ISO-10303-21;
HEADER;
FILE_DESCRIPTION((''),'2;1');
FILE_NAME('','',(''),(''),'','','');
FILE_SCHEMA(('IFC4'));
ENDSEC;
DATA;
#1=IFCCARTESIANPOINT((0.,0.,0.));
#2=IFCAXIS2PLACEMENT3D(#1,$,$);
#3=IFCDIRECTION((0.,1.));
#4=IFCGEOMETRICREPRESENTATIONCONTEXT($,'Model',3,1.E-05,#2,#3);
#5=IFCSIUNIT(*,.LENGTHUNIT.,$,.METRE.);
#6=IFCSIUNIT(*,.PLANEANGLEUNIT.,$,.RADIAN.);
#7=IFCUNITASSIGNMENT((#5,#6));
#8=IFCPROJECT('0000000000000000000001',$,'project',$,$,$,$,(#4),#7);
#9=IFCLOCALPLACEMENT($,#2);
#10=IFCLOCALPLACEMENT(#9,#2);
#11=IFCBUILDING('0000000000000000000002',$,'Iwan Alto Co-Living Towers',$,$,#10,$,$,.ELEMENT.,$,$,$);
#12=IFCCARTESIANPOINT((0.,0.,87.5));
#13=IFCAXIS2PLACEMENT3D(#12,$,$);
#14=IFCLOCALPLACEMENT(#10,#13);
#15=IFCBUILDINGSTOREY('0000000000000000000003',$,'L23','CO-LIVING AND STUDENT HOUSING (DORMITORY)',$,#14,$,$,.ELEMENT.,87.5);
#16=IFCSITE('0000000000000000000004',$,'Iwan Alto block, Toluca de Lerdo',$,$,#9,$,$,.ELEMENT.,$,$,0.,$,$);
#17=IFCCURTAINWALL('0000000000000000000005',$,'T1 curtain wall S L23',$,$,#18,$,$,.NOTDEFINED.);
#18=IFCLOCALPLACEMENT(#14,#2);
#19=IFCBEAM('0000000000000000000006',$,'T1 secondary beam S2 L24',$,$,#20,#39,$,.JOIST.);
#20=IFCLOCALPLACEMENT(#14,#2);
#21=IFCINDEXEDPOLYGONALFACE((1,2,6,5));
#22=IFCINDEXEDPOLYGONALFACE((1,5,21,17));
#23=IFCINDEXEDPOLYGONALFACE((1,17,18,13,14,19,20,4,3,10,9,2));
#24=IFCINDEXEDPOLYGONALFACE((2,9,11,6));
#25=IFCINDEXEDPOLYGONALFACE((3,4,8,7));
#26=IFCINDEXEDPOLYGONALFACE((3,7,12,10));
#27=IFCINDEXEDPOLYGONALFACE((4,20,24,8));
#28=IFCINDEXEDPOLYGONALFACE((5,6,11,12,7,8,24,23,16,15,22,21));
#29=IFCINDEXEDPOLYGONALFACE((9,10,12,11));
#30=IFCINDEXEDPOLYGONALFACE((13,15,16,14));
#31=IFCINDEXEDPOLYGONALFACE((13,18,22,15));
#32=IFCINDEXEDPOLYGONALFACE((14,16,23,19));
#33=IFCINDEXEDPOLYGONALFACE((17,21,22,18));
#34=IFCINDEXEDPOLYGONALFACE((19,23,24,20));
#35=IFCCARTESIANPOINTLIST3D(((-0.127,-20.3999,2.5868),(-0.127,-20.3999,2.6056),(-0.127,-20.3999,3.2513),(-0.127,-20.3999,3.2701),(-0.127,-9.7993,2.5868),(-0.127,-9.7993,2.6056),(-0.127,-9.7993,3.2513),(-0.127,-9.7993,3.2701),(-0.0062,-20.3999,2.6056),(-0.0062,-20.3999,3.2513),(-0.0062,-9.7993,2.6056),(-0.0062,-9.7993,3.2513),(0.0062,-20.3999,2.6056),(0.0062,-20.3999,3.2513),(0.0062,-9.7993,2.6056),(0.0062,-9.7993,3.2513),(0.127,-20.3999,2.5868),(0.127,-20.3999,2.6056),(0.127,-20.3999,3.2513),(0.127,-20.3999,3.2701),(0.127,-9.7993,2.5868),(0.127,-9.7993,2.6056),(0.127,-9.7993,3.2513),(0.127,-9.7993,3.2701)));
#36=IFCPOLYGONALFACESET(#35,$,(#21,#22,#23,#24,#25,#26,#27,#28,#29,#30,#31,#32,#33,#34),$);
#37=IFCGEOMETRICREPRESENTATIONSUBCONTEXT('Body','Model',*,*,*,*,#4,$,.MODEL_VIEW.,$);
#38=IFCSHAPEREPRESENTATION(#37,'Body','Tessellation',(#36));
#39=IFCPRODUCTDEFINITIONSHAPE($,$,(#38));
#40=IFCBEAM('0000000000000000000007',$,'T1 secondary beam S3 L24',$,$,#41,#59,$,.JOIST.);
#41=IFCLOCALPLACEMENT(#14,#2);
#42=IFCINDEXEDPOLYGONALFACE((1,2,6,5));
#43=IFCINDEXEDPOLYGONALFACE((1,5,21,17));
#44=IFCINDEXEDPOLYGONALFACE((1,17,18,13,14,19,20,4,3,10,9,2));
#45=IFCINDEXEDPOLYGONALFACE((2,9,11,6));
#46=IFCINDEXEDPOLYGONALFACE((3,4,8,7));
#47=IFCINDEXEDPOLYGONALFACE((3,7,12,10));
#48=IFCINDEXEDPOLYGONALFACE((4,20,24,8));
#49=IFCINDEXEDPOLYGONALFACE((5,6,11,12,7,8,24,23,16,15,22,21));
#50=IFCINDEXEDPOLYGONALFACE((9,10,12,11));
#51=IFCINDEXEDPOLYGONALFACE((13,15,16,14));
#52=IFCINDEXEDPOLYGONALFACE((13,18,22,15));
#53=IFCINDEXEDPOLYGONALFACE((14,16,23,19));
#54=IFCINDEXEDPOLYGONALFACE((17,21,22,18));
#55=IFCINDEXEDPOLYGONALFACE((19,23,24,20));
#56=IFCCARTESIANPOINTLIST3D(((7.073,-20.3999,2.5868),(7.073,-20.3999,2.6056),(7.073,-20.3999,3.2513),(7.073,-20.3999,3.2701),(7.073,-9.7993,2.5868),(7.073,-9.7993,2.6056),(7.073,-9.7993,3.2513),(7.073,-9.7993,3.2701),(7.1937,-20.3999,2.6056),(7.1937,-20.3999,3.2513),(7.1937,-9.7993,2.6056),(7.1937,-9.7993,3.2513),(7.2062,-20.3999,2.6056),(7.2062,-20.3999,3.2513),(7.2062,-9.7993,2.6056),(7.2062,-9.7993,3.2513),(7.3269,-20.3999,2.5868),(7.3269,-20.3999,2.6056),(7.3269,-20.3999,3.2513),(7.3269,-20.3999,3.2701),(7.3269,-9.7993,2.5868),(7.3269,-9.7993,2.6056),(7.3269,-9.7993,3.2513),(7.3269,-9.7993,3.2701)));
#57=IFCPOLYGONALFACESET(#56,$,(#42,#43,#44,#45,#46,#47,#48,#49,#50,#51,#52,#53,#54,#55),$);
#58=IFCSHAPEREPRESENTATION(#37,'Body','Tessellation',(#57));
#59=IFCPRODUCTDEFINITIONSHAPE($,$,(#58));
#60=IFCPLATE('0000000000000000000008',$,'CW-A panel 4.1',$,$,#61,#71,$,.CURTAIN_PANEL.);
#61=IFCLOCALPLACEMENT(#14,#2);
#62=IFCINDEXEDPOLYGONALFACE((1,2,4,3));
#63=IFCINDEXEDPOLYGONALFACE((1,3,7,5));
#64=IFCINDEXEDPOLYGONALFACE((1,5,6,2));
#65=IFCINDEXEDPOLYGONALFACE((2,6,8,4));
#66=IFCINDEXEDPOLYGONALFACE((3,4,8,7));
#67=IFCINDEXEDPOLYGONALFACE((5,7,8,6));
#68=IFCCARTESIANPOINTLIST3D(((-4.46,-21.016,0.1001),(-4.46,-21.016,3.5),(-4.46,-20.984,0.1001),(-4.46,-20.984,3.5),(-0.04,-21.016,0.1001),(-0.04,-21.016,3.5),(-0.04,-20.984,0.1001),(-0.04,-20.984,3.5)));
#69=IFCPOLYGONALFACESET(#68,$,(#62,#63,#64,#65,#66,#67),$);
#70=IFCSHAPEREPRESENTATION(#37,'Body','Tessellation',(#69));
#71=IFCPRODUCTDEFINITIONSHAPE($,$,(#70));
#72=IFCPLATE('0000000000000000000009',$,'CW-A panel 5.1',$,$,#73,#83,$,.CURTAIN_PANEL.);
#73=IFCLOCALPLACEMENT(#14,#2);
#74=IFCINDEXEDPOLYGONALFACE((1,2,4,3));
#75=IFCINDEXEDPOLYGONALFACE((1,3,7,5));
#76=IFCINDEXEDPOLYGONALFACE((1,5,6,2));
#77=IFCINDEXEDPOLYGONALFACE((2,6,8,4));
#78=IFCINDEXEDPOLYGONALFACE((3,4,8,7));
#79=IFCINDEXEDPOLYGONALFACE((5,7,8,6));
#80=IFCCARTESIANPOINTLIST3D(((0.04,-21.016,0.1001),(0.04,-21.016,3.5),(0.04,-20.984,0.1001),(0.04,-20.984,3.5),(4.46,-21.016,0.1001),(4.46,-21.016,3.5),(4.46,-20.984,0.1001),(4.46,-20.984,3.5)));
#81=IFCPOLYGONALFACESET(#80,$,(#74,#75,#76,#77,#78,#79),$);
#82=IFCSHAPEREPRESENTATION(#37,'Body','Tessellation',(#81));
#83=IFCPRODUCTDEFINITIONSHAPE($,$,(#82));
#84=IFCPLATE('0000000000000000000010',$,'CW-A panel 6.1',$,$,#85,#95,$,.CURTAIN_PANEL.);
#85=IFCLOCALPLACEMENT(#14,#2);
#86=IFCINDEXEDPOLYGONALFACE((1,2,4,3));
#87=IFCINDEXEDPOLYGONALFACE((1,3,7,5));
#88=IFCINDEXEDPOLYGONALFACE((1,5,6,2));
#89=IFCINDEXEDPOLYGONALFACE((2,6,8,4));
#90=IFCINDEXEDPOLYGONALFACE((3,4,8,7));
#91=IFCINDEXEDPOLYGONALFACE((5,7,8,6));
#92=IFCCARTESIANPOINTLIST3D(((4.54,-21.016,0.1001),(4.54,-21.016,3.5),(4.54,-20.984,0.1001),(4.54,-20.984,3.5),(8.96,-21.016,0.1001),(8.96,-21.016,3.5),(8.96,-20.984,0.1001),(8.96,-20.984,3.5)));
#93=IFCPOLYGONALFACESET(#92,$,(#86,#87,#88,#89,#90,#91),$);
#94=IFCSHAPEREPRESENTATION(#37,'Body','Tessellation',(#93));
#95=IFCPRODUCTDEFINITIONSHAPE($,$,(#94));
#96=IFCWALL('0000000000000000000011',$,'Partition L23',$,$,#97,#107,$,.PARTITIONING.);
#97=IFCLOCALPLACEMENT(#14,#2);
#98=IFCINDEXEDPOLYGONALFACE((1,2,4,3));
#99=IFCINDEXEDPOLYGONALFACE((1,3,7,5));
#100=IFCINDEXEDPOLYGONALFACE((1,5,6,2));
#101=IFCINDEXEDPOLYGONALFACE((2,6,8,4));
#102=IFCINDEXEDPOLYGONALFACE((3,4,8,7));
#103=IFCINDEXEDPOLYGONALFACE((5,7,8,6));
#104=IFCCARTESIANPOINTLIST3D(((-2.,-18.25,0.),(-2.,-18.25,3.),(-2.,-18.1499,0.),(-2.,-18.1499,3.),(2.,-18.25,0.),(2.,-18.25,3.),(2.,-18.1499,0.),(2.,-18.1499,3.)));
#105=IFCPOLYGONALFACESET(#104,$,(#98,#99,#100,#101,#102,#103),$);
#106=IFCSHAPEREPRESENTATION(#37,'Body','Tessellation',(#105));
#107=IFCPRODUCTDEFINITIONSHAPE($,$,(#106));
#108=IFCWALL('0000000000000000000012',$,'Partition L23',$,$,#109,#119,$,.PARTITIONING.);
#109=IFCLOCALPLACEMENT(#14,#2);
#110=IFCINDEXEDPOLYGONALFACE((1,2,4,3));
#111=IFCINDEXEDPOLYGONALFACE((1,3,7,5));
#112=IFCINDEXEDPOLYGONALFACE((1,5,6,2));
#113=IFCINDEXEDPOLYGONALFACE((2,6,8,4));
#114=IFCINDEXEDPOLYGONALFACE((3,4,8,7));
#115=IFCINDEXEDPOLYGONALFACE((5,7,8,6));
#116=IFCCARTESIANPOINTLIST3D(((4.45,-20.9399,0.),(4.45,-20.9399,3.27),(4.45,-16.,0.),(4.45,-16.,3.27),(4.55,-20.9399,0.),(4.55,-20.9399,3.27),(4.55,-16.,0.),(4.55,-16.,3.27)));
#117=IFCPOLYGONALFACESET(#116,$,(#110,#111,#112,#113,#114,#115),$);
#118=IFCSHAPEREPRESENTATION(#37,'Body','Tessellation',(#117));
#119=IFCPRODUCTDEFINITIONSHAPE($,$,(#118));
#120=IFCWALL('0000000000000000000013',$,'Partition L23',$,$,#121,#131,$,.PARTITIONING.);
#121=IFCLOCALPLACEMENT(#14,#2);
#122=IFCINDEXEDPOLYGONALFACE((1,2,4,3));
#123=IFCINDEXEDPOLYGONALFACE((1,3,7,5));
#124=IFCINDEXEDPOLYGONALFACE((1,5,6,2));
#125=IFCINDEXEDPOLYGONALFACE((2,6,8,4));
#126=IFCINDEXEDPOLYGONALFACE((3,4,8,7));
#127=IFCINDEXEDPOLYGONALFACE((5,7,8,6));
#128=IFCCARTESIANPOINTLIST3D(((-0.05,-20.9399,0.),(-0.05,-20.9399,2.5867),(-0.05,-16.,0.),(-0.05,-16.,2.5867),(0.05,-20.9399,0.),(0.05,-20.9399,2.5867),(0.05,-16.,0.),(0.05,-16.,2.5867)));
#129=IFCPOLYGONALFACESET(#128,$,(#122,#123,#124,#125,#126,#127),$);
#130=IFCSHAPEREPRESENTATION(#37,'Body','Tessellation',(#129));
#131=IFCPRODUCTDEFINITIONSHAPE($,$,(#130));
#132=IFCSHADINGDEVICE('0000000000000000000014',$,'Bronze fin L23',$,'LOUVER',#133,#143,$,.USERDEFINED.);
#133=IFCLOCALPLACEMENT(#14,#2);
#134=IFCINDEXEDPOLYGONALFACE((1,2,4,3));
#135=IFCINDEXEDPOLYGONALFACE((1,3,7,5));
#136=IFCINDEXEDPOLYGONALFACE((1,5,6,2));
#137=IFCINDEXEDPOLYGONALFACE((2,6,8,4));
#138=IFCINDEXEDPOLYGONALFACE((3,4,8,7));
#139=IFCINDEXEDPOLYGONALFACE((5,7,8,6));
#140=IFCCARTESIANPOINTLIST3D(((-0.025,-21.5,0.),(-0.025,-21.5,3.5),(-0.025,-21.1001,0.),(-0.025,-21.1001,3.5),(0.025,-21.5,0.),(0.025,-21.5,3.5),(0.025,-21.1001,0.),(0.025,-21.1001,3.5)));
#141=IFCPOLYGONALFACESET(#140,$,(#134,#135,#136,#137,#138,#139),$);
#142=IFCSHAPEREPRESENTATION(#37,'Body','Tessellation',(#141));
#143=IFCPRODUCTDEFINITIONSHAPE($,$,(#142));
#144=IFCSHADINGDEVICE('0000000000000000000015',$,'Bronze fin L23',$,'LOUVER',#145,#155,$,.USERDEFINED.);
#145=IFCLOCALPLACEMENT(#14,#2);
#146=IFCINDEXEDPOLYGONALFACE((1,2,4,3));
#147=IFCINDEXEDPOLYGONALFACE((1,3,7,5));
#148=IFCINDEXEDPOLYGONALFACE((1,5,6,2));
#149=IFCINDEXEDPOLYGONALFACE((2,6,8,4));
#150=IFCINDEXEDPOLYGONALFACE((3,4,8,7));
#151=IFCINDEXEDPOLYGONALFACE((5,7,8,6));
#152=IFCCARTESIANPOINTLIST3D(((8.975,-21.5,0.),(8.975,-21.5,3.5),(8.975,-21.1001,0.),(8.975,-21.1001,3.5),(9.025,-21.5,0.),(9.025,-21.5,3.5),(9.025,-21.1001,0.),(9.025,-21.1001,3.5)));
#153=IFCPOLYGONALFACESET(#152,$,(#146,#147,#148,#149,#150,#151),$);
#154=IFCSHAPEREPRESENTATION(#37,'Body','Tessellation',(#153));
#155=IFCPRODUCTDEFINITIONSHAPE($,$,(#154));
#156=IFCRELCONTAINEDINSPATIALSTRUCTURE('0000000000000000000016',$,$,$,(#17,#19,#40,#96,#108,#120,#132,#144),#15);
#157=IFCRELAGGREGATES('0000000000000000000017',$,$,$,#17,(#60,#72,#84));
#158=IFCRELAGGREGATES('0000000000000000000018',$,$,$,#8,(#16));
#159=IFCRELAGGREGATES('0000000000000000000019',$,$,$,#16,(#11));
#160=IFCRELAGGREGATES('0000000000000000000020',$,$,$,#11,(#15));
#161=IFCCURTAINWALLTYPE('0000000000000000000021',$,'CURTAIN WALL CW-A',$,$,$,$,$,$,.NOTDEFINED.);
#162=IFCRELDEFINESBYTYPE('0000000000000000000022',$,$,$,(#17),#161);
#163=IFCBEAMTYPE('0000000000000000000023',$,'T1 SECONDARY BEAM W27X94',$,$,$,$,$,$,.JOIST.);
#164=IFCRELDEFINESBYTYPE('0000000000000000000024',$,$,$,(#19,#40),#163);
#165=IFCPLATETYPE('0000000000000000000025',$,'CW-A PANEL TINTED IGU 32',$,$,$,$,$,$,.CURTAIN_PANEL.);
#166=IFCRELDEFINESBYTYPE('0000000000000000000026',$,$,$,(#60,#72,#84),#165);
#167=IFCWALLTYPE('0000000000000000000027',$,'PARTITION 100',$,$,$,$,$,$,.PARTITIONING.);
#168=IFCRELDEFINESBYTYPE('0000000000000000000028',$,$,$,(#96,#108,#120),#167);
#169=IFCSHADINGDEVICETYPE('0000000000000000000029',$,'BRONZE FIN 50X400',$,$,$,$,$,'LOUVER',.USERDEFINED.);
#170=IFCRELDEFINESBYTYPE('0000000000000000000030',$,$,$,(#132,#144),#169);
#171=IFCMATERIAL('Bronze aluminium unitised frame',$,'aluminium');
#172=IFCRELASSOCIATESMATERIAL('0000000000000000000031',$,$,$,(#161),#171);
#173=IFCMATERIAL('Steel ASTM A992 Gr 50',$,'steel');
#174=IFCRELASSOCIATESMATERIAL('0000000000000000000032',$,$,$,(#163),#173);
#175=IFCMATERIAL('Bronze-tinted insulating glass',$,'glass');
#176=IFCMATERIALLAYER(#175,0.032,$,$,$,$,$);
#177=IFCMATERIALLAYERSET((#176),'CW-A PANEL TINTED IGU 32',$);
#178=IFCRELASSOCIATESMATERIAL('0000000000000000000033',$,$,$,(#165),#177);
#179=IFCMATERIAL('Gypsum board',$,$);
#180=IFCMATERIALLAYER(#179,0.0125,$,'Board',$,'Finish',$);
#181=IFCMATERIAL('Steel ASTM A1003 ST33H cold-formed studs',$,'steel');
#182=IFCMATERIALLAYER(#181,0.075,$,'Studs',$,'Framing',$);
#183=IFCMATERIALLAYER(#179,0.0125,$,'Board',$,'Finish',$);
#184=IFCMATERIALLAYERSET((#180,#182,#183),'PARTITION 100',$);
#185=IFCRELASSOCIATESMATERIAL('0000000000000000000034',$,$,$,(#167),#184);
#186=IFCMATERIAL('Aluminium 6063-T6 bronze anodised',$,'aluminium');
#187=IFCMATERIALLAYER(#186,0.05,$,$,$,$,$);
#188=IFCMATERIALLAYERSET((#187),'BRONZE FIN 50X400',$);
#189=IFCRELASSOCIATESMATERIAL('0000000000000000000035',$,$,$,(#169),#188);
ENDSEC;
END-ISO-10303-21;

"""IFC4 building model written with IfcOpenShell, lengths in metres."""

from ifc_helpers import new_model, si_unit, direction, frame, frame_2d, origin, origin_2d, place, context, subcontext, project, spatial, rectangle, i_section, extrude, material, layer, layer_set, material_profile, profile_set, type_object, element, aggregate, save


model = new_model("IFC4")

# Units and contexts
model_context = context("Model", 3, precision=1e-05, world=origin(), true_north=direction((0.0, 1.0)))
body_context = subcontext(model_context, "Body", "Model", "MODEL_VIEW")
ifc_project = project(units=[si_unit("LENGTHUNIT", "METRE"), si_unit("PLANEANGLEUNIT", "RADIAN")], contexts=[model_context])

# Site, building, storey
site_placement = place(None, origin())
site = spatial("IfcSite", under=ifc_project, at=site_placement, Name="Iwan Alto block, Toluca de Lerdo", CompositionType="ELEMENT", RefElevation=0.0)
building_placement = place(site_placement, origin())
building = spatial("IfcBuilding", under=site, at=building_placement, Name="Iwan Alto Co-Living Towers", CompositionType="ELEMENT")
storey_placement = place(building_placement, frame((0.0, 0.0, 87.5)))
storey = spatial("IfcBuildingStorey", under=building, at=storey_placement, Name="L23", Description="CO-LIVING AND STUDENT HOUSING (DORMITORY)", CompositionType="ELEMENT", Elevation=87.5)

# Curtain wall
ifc_material_1 = material(Name="Bronze aluminium unitised frame", Category="aluminium")
curtain_wall_type = type_object("IfcCurtainWallType", Name="CURTAIN WALL CW-A", PredefinedType="NOTDEFINED", material=ifc_material_1)
curtain_wall_placement = place(storey_placement, origin())
curtain_wall = element("IfcCurtainWall", 1, at=curtain_wall_placement, inside=storey, type_object=curtain_wall_type, Name="T1 curtain wall S L23", PredefinedType="NOTDEFINED")

# Beams
ifc_material_2 = material(Name="Steel ASTM A992 Gr 50", Category="steel")
ifc_material_profile_1 = material_profile(ifc_material_2, i_section(OverallWidth=0.2539, OverallDepth=0.6833, WebThickness=0.0125, FlangeThickness=0.0188, at=origin_2d()), Name="W27X94")
ifc_profile_set_1 = profile_set([ifc_material_profile_1], Name="Steel ASTM A992 Gr 50")
beam_type_1 = type_object("IfcBeamType", Name="T1 SECONDARY BEAM W27X94", PredefinedType="JOIST", material=ifc_profile_set_1)
for number, where, z_axis, x_axis, name in (
    (2, (0.0, -20.3999, 2.9285), (0.0, 1.0, 0.0), (-1.0, 0.0, 0.0), "T1 secondary beam S2 L24"),
    (3, (7.2, -20.3999, 2.9285), (0.0, 1.0, 0.0), (-1.0, 0.0, 0.0), "T1 secondary beam S3 L24"),
):
    element("IfcBeam", number, at=place(storey_placement, frame(where, z_axis=z_axis, x_axis=x_axis)), inside=storey, type_object=beam_type_1, Name=name, PredefinedType="JOIST", context=body_context, shape_type="SweptSolid", body=[
        extrude(i_section(OverallWidth=0.2539, OverallDepth=0.6833, WebThickness=0.0125, FlangeThickness=0.0188, at=origin_2d()), origin(), (0.0, 0.0, 1.0), 10.6006),
    ])

# Plates
ifc_material_3 = material(Name="Bronze-tinted insulating glass", Category="glass")
ifc_layer_1 = layer(ifc_material_3, 0.032)
ifc_layer_set_1 = layer_set([ifc_layer_1], Name="CW-A PANEL TINTED IGU 32")
plate_type = type_object("IfcPlateType", Name="CW-A PANEL TINTED IGU 32", PredefinedType="CURTAIN_PANEL", material=ifc_layer_set_1)
plate_1_placement = place(storey_placement, frame((-2.25, -21.0, 0.1001), z_axis=(0.0, 0.0, 1.0), x_axis=(1.0, 0.0, 0.0)))
plate_1 = element("IfcPlate", 4, at=plate_1_placement, type_object=plate_type, Name="CW-A panel 4.1", PredefinedType="CURTAIN_PANEL", context=body_context, shape_type="SweptSolid", body=[
    extrude(rectangle(XDim=4.4199, YDim=0.032, at=origin_2d()), origin(), (0.0, 0.0, 1.0), 3.3999),
])
plate_2_placement = place(storey_placement, frame((2.25, -21.0, 0.1001), z_axis=(0.0, 0.0, 1.0), x_axis=(1.0, 0.0, 0.0)))
plate_2 = element("IfcPlate", 5, at=plate_2_placement, type_object=plate_type, Name="CW-A panel 5.1", PredefinedType="CURTAIN_PANEL", context=body_context, shape_type="SweptSolid", body=[
    extrude(rectangle(XDim=4.4199, YDim=0.032, at=origin_2d()), origin(), (0.0, 0.0, 1.0), 3.3999),
])
plate_3_placement = place(storey_placement, frame((6.75, -21.0, 0.1001), z_axis=(0.0, 0.0, 1.0), x_axis=(1.0, 0.0, 0.0)))
plate_3 = element("IfcPlate", 6, at=plate_3_placement, type_object=plate_type, Name="CW-A panel 6.1", PredefinedType="CURTAIN_PANEL", context=body_context, shape_type="SweptSolid", body=[
    extrude(rectangle(XDim=4.4199, YDim=0.032, at=origin_2d()), origin(), (0.0, 0.0, 1.0), 3.3999),
])
aggregate(curtain_wall, [plate_1, plate_2, plate_3])

# Walls
ifc_material_4 = material(Name="Gypsum board")
ifc_layer_2 = layer(ifc_material_4, 0.0125, Name="Board", Category="Finish")
ifc_material_5 = material(Name="Steel ASTM A1003 ST33H cold-formed studs", Category="steel")
ifc_layer_3 = layer(ifc_material_5, 0.075, Name="Studs", Category="Framing")
ifc_layer_4 = layer(ifc_material_4, 0.0125, Name="Board", Category="Finish")
ifc_layer_set_2 = layer_set([ifc_layer_2, ifc_layer_3, ifc_layer_4], Name="PARTITION 100")
wall_type = type_object("IfcWallType", Name="PARTITION 100", PredefinedType="PARTITIONING", material=ifc_layer_set_2)
wall_1_placement = place(storey_placement, frame((-2.0, -18.2, 0.0), z_axis=(0.0, 0.0, 1.0), x_axis=(1.0, 0.0, 0.0)))
element("IfcWall", 7, at=wall_1_placement, inside=storey, type_object=wall_type, Name="Partition L23", PredefinedType="PARTITIONING", context=body_context, shape_type="SweptSolid", body=[
    extrude(rectangle(XDim=4.0, YDim=0.1001, at=frame_2d((2.0, 0.0))), origin(), (0.0, 0.0, 1.0), 3.0),
])
wall_2_placement = place(storey_placement, frame((4.5, -20.9399, 0.0), z_axis=(0.0, 0.0, 1.0), x_axis=(0.0, 1.0, 0.0)))
element("IfcWall", 8, at=wall_2_placement, inside=storey, type_object=wall_type, Name="Partition L23", PredefinedType="PARTITIONING", context=body_context, shape_type="SweptSolid", body=[
    extrude(rectangle(XDim=4.9399, YDim=0.1001, at=frame_2d((2.47, 0.0))), origin(), (0.0, 0.0, 1.0), 3.27),
])
wall_3_placement = place(storey_placement, frame((0.0, -20.9399, 0.0), z_axis=(0.0, 0.0, 1.0), x_axis=(0.0, 1.0, 0.0)))
element("IfcWall", 9, at=wall_3_placement, inside=storey, type_object=wall_type, Name="Partition L23", PredefinedType="PARTITIONING", context=body_context, shape_type="SweptSolid", body=[
    extrude(rectangle(XDim=4.9399, YDim=0.1001, at=frame_2d((2.47, 0.0))), origin(), (0.0, 0.0, 1.0), 2.5867),
])

# Shading devices
ifc_material_6 = material(Name="Aluminium 6063-T6 bronze anodised", Category="aluminium")
ifc_layer_5 = layer(ifc_material_6, 0.05)
ifc_layer_set_3 = layer_set([ifc_layer_5], Name="BRONZE FIN 50X400")
shading_device_type = type_object("IfcShadingDeviceType", Name="BRONZE FIN 50X400", ElementType="LOUVER", PredefinedType="USERDEFINED", material=ifc_layer_set_3)
for number, where, z_axis, x_axis, name in (
    (10, (0.0, -21.3, 0.0), (0.0, 0.0, 1.0), (1.0, 0.0, 0.0), "Bronze fin L23"),
    (11, (9.0, -21.3, 0.0), (0.0, 0.0, 1.0), (1.0, 0.0, 0.0), "Bronze fin L23"),
):
    element("IfcShadingDevice", number, at=place(storey_placement, frame(where, z_axis=z_axis, x_axis=x_axis)), inside=storey, type_object=shading_device_type, Name=name, ObjectType="LOUVER", PredefinedType="USERDEFINED", context=body_context, shape_type="SweptSolid", body=[
        extrude(rectangle(XDim=0.05, YDim=0.3999, at=origin_2d()), origin(), (0.0, 0.0, 1.0), 3.5),
    ])

save(model, "model.ifc")
